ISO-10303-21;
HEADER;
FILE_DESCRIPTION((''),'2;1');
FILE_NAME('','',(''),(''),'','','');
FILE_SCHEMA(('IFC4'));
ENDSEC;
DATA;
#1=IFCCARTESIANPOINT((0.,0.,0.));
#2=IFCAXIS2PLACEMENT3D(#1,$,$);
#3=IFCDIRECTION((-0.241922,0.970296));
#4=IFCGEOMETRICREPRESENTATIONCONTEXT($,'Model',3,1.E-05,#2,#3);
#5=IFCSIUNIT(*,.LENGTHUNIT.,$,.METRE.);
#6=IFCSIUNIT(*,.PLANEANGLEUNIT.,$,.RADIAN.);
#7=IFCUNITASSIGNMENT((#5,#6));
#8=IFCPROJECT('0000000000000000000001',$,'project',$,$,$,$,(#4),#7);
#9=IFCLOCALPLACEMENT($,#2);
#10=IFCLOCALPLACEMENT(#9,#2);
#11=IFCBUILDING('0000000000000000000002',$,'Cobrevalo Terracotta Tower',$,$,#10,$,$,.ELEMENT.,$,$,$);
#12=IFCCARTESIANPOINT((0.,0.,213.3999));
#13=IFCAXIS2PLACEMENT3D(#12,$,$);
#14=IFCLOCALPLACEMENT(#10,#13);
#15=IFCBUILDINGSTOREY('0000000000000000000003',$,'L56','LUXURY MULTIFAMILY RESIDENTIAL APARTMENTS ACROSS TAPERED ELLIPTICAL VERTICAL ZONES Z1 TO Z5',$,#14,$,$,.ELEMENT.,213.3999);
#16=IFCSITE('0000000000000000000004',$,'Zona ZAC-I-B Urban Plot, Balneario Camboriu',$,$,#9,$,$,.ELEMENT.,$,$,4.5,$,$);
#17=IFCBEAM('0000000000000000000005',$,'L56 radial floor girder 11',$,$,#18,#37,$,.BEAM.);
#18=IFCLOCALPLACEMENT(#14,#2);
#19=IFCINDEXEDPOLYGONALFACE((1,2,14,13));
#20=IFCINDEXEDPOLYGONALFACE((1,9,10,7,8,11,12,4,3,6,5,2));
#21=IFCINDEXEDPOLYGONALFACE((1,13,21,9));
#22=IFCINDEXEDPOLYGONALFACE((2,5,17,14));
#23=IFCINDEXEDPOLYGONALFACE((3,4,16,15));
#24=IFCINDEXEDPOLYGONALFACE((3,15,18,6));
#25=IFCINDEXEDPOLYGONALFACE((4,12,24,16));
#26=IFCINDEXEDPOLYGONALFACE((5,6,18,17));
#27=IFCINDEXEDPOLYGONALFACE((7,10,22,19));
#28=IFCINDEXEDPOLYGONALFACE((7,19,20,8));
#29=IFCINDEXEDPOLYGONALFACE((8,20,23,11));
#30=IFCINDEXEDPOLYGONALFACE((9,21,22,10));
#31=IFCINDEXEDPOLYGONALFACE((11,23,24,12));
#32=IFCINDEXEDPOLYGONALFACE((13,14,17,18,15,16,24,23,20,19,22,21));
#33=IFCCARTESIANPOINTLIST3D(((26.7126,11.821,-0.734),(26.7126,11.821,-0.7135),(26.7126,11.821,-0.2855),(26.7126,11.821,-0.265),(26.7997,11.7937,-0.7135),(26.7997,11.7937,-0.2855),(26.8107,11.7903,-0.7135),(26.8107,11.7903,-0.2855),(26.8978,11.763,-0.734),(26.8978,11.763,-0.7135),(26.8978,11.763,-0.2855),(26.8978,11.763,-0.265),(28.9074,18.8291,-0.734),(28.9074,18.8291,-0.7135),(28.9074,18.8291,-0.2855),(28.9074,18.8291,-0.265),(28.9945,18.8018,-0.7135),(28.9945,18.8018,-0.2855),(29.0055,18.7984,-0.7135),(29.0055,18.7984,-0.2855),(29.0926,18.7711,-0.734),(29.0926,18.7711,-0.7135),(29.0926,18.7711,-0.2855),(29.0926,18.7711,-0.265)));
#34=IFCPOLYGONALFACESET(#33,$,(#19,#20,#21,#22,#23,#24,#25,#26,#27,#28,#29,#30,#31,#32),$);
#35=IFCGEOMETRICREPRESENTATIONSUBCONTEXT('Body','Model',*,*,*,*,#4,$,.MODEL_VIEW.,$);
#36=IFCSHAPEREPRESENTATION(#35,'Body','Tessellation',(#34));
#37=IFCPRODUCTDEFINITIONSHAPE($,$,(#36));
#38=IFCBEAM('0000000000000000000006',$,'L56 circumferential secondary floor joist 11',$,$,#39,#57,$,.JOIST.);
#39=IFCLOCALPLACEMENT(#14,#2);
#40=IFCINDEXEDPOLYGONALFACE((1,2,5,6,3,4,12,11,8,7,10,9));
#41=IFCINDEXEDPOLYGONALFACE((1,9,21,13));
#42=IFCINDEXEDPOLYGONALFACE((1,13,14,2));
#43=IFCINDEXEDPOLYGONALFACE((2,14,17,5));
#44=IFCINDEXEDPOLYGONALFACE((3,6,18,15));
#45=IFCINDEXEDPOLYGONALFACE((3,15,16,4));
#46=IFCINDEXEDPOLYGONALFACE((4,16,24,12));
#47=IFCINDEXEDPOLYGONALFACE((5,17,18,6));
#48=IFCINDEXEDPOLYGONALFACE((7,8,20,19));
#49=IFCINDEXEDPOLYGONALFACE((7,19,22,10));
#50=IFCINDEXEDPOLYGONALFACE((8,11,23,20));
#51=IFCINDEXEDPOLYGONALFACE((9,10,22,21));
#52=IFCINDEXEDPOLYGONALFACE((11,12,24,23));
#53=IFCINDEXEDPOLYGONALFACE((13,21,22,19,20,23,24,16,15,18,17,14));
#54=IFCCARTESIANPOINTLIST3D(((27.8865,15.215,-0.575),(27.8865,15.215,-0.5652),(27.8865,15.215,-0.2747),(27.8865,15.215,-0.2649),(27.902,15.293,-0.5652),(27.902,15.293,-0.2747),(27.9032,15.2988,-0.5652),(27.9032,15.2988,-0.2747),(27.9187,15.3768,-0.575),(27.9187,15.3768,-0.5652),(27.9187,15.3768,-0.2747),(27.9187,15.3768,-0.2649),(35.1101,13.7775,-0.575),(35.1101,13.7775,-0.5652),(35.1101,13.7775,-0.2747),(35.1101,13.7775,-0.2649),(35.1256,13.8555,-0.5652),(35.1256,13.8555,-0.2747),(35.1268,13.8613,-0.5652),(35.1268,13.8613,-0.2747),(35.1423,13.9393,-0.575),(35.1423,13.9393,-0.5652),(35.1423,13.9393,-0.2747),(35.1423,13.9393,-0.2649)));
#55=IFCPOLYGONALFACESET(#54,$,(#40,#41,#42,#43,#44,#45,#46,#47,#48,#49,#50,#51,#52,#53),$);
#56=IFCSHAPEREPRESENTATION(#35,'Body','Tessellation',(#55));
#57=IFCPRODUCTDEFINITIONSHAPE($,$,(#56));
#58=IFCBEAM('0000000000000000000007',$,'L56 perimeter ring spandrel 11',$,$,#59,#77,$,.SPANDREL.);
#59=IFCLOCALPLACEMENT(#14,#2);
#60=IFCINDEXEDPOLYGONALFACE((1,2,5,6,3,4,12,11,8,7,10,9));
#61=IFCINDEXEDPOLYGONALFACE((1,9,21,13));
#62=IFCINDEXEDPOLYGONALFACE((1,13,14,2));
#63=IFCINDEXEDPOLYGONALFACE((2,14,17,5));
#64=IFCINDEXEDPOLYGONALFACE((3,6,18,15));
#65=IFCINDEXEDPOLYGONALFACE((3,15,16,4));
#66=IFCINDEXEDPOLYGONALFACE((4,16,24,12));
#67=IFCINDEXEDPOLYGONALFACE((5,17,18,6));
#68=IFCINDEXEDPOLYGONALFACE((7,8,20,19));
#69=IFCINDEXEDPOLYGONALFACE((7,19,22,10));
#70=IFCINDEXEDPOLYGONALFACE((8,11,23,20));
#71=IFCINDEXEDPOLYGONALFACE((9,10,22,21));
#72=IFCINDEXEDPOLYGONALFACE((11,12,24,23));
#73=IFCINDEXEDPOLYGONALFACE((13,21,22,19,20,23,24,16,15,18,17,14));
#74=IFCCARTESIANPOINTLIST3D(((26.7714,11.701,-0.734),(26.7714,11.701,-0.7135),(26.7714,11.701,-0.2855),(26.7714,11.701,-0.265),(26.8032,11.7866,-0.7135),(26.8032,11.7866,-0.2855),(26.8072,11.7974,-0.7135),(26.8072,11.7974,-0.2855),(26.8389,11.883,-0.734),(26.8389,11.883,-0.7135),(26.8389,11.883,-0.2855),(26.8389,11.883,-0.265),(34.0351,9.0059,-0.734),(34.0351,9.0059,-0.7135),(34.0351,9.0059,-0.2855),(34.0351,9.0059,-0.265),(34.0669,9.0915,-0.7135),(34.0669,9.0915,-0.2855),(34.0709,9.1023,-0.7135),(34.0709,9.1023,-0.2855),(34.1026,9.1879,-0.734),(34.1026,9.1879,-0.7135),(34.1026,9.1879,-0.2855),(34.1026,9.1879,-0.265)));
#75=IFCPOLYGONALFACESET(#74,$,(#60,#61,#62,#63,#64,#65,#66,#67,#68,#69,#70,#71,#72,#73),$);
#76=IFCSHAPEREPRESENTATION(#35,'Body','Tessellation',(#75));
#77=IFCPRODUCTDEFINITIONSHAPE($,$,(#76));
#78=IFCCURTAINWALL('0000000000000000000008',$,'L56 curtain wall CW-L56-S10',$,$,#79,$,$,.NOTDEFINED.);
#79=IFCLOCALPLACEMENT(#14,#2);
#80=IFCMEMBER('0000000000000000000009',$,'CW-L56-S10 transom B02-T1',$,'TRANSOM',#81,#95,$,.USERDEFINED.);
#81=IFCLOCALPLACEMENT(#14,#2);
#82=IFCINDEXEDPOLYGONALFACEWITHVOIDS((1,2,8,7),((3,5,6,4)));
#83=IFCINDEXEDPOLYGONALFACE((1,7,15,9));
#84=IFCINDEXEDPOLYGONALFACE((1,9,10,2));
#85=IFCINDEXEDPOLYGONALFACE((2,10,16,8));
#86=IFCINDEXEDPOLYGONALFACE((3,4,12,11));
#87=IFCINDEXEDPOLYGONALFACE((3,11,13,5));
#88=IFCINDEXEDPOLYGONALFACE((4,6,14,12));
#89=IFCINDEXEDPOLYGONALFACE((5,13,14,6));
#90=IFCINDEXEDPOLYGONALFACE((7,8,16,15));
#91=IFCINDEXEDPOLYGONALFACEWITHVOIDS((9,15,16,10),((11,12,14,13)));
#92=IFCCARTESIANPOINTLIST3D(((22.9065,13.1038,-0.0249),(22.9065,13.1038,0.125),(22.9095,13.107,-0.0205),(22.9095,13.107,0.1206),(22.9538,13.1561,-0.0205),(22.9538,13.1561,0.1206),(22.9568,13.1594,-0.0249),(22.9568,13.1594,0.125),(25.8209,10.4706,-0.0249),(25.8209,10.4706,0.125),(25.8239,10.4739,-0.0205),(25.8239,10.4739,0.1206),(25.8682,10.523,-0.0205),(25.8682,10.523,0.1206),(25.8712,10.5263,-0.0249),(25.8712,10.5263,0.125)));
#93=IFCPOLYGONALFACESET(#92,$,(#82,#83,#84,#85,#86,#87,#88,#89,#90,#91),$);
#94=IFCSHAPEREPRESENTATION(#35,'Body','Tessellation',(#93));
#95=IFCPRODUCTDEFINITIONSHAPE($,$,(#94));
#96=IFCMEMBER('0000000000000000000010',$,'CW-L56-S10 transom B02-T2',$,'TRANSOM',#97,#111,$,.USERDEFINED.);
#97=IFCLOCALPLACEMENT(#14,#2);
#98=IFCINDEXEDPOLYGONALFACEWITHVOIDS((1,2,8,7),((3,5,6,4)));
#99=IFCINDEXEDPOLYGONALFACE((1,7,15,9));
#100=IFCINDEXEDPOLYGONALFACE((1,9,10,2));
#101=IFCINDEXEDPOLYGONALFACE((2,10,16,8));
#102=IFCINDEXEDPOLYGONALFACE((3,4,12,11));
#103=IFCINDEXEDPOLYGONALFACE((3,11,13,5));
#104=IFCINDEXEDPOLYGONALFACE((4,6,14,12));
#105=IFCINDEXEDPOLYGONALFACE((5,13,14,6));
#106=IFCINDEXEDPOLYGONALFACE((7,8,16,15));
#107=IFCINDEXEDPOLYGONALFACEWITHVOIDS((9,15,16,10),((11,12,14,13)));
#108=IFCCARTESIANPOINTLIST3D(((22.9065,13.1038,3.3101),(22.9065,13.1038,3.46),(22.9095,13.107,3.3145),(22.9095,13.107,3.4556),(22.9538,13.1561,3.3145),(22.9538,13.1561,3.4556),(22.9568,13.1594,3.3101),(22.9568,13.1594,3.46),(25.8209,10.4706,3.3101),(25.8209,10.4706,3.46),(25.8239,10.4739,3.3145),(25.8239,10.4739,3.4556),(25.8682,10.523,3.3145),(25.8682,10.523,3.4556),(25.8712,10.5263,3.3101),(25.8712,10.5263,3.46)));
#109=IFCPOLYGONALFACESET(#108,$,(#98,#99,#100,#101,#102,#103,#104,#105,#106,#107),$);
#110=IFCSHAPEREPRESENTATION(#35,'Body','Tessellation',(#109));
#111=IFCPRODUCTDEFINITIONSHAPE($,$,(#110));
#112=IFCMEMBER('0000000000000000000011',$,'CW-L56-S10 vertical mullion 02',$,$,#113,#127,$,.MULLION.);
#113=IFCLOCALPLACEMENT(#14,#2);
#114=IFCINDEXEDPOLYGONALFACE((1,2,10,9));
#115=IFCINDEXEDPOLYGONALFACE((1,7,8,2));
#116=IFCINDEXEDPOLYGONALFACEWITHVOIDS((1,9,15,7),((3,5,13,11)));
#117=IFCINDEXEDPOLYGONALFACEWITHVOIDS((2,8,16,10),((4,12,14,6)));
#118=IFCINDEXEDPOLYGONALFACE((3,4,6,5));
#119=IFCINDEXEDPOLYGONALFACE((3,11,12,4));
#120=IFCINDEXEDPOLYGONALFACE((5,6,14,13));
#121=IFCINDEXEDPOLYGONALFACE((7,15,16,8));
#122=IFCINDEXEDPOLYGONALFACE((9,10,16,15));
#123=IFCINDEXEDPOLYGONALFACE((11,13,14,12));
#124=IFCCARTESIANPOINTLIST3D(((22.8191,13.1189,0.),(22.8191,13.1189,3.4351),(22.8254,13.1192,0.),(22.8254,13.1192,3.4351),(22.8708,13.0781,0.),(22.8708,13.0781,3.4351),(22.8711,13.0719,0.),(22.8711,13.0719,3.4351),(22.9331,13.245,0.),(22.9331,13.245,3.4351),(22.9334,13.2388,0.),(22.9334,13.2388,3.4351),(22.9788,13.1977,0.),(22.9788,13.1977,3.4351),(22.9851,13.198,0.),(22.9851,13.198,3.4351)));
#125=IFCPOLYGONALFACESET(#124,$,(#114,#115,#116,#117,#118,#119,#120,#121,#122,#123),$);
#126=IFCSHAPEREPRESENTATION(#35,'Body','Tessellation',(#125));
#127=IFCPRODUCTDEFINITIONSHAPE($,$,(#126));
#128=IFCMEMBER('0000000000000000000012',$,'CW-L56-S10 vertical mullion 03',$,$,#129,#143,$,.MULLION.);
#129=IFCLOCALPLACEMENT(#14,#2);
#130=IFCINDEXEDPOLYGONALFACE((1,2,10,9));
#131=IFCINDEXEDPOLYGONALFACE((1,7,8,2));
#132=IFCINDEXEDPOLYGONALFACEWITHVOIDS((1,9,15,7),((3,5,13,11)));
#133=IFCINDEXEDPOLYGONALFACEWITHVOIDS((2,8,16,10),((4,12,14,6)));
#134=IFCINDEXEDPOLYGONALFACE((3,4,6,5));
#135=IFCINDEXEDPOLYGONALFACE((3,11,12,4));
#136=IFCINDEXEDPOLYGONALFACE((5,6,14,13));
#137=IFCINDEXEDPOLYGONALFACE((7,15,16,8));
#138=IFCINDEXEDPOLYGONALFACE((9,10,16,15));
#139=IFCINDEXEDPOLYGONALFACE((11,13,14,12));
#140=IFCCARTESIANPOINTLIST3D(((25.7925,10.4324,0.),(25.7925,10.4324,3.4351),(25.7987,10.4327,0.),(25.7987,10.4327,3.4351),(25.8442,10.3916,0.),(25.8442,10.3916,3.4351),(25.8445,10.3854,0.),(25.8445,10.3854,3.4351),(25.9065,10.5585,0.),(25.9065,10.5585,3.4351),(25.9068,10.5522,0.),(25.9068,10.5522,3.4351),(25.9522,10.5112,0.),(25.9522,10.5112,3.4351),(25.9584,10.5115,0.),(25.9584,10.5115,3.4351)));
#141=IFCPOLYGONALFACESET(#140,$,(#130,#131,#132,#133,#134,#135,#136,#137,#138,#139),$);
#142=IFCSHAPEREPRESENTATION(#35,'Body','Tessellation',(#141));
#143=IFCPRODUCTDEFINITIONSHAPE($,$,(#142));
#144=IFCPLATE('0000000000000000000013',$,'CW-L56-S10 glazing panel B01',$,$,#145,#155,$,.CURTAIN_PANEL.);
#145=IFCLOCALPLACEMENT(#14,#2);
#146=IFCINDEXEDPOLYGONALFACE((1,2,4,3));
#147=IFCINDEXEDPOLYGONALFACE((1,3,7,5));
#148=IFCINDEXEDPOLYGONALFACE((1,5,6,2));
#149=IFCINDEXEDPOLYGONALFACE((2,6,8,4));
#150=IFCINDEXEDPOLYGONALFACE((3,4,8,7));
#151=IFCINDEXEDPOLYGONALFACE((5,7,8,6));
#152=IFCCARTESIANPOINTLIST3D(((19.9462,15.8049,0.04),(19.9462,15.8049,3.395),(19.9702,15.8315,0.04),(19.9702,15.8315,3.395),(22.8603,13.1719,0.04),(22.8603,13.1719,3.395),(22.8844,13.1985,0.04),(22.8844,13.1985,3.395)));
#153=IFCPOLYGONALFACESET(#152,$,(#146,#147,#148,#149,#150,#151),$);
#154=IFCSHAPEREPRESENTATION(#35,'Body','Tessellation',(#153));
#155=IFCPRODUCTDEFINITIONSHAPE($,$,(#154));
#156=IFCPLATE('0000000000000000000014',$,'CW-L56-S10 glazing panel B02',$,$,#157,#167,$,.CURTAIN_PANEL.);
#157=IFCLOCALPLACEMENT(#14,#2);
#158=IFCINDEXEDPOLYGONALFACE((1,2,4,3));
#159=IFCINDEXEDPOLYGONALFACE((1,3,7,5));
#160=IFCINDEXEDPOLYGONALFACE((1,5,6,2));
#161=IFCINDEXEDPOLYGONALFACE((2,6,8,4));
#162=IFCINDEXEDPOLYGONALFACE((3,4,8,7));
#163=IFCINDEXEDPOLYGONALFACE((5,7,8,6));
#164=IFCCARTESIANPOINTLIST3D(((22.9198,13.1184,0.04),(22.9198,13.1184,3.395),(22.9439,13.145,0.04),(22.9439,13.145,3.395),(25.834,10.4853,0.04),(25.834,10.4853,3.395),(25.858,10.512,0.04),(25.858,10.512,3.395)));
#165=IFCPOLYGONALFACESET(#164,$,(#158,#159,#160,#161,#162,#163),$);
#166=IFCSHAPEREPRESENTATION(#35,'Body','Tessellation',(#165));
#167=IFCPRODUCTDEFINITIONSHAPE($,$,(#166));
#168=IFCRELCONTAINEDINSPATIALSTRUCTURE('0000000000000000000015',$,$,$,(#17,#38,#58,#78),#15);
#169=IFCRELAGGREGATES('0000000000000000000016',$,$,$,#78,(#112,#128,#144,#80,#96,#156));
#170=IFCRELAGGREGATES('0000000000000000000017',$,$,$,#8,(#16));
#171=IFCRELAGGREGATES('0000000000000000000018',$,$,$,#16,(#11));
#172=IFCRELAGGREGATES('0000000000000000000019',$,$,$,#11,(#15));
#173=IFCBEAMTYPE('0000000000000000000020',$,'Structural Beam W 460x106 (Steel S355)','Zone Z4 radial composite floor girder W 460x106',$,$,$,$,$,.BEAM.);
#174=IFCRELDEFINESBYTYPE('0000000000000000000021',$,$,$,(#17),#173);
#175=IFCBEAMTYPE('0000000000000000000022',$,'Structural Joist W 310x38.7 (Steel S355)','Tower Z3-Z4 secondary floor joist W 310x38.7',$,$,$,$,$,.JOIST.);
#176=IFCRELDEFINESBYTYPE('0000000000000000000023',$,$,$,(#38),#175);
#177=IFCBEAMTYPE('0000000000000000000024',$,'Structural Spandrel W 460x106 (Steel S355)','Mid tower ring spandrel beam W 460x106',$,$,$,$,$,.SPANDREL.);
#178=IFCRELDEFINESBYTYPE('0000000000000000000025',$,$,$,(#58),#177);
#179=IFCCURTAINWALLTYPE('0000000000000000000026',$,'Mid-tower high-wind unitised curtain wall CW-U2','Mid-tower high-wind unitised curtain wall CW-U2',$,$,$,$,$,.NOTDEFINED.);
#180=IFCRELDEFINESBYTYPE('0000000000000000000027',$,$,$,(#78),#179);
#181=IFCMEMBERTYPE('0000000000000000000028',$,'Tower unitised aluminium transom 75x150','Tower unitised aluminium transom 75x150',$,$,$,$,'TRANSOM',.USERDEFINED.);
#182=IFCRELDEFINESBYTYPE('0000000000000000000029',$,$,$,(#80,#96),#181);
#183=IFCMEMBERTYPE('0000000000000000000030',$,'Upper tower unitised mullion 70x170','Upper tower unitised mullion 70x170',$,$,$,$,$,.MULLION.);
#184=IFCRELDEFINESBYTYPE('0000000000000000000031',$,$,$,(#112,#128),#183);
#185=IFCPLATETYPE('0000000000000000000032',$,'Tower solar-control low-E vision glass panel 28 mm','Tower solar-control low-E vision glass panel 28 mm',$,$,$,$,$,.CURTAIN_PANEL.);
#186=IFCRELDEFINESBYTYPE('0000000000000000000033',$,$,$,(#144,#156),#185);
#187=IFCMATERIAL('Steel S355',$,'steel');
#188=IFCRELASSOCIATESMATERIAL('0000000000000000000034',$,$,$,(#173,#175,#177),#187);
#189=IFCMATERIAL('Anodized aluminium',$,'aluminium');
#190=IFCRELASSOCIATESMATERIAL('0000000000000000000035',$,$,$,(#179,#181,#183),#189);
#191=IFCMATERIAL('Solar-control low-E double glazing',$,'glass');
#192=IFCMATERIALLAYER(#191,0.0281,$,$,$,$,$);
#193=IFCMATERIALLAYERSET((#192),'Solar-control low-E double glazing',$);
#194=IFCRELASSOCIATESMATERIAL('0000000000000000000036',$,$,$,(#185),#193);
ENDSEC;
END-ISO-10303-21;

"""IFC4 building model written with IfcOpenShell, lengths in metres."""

from ifc_helpers import new_model, si_unit, direction, frame, origin, origin_2d, place, context, subcontext, project, spatial, rectangle, hollow_rectangle, i_section, extrude, source, transform, mapped, material, layer, layer_set, material_profile, profile_set, type_object, element, aggregate, save


model = new_model("IFC4")

# Units and contexts
model_context = context("Model", 3, precision=1e-05, world=origin(), true_north=direction((-0.241922, 0.970296)))
body_context = subcontext(model_context, "Body", "Model", "MODEL_VIEW")
ifc_project = project(units=[si_unit("LENGTHUNIT", "METRE"), si_unit("PLANEANGLEUNIT", "RADIAN")], contexts=[model_context])

# Site, building, storey
site_placement = place(None, origin())
site = spatial("IfcSite", under=ifc_project, at=site_placement, Name="Zona ZAC-I-B Urban Plot, Balneario Camboriu", CompositionType="ELEMENT", RefElevation=4.5)
building_placement = place(site_placement, origin())
building = spatial("IfcBuilding", under=site, at=building_placement, Name="Cobrevalo Terracotta Tower", CompositionType="ELEMENT")
storey_placement = place(building_placement, frame((0.0, 0.0, 213.3999)))
storey = spatial("IfcBuildingStorey", under=building, at=storey_placement, Name="L56", Description="LUXURY MULTIFAMILY RESIDENTIAL APARTMENTS ACROSS TAPERED ELLIPTICAL VERTICAL ZONES Z1 TO Z5", CompositionType="ELEMENT", Elevation=213.3999)

# Shared definitions
ifc_material_1 = material(Name="Steel S355", Category="steel")

# Beams
ifc_material_profile_1 = material_profile(ifc_material_1, i_section(OverallWidth=0.1941, OverallDepth=0.469, WebThickness=0.0115, FlangeThickness=0.0205, at=origin_2d()), Name="W 460x106")
ifc_profile_set_1 = profile_set([ifc_material_profile_1], Name="Steel S355")
beam_type_1 = type_object("IfcBeamType", Name="Structural Beam W 460x106 (Steel S355)", Description="Zone Z4 radial composite floor girder W 460x106", PredefinedType="BEAM", material=ifc_profile_set_1)
beam_1_placement = place(storey_placement, frame((26.8052, 11.792, -0.4995), z_axis=(0.298871, 0.954293, 0.0), x_axis=(-0.954293, 0.298871, 0.0)))
element("IfcBeam", 1, at=beam_1_placement, inside=storey, type_object=beam_type_1, Name="L56 radial floor girder 11", PredefinedType="BEAM", context=body_context, shape_type="SweptSolid", body=[
    extrude(i_section(OverallWidth=0.1941, OverallDepth=0.469, WebThickness=0.0115, FlangeThickness=0.0205, at=origin_2d()), origin(), (0.0, 0.0, 1.0), 7.3438),
])
ifc_material_profile_2 = material_profile(ifc_material_1, i_section(OverallWidth=0.165, OverallDepth=0.3101, WebThickness=0.0059, FlangeThickness=0.0098, at=origin_2d()), Name="W 310x38.7")
ifc_profile_set_2 = profile_set([ifc_material_profile_2], Name="Steel S355")
beam_type_2 = type_object("IfcBeamType", Name="Structural Joist W 310x38.7 (Steel S355)", Description="Tower Z3-Z4 secondary floor joist W 310x38.7", PredefinedType="JOIST", material=ifc_profile_set_2)
beam_2_placement = place(storey_placement, frame((27.9026, 15.2959, -0.4199), z_axis=(0.980769, -0.195173, 0.0), x_axis=(0.195173, 0.980769, 0.0)))
element("IfcBeam", 2, at=beam_2_placement, inside=storey, type_object=beam_type_2, Name="L56 circumferential secondary floor joist 11", PredefinedType="JOIST", context=body_context, shape_type="SweptSolid", body=[
    extrude(i_section(OverallWidth=0.165, OverallDepth=0.3101, WebThickness=0.0059, FlangeThickness=0.0098, at=origin_2d()), origin(), (0.0, 0.0, 1.0), 7.3652),
])
ifc_material_profile_3 = material_profile(ifc_material_1, i_section(OverallWidth=0.1941, OverallDepth=0.469, WebThickness=0.0115, FlangeThickness=0.0205, at=origin_2d()), Name="W 460x106")
ifc_profile_set_3 = profile_set([ifc_material_profile_3], Name="Steel S355")
beam_type_3 = type_object("IfcBeamType", Name="Structural Spandrel W 460x106 (Steel S355)", Description="Mid tower ring spandrel beam W 460x106", PredefinedType="SPANDREL", material=ifc_profile_set_3)
beam_3_placement = place(storey_placement, frame((26.8052, 11.792, -0.4995), z_axis=(0.937546, -0.347861, 0.0), x_axis=(0.347861, 0.937546, 0.0)))
element("IfcBeam", 3, at=beam_3_placement, inside=storey, type_object=beam_type_3, Name="L56 perimeter ring spandrel 11", PredefinedType="SPANDREL", context=body_context, shape_type="SweptSolid", body=[
    extrude(i_section(OverallWidth=0.1941, OverallDepth=0.469, WebThickness=0.0115, FlangeThickness=0.0205, at=origin_2d()), origin(), (0.0, 0.0, 1.0), 7.7476),
])

# Curtain wall, members, plates
ifc_material_2 = material(Name="Anodized aluminium", Category="aluminium")
curtain_wall_type = type_object("IfcCurtainWallType", Name="Mid-tower high-wind unitised curtain wall CW-U2", Description="Mid-tower high-wind unitised curtain wall CW-U2", PredefinedType="NOTDEFINED", material=ifc_material_2)
curtain_wall_placement = place(storey_placement, origin())
curtain_wall = element("IfcCurtainWall", 4, at=curtain_wall_placement, inside=storey, type_object=curtain_wall_type, Name="L56 curtain wall CW-L56-S10", PredefinedType="NOTDEFINED")
ifc_material_profile_4 = material_profile(ifc_material_2, hollow_rectangle(XDim=0.075, YDim=0.1499, WallThickness=0.0044, at=origin_2d()), Name="CWT 75x150")
ifc_profile_set_4 = profile_set([ifc_material_profile_4], Name="Anodized aluminium")
member_type_1 = type_object("IfcMemberType", Name="Tower unitised aluminium transom 75x150", Description="Tower unitised aluminium transom 75x150", ElementType="TRANSOM", PredefinedType="USERDEFINED", material=ifc_profile_set_4)
shared_shape_1 = source(origin(), body_context, "Body", "SweptSolid", [
    extrude(hollow_rectangle(XDim=0.075, YDim=0.1499, WallThickness=0.0044, at=origin_2d()), origin(), (0.0, 0.0, 1.0), 3.9277),
])
member_1_placement = place(storey_placement, frame((22.9316, 13.1316, 0.05), z_axis=(0.742004, -0.670396, 0.0), x_axis=(0.670396, 0.742004, 0.0)))
member_1 = element("IfcMember", 5, at=member_1_placement, type_object=member_type_1, Name="CW-L56-S10 transom B02-T1", ObjectType="TRANSOM", PredefinedType="USERDEFINED", context=body_context, shape_type="MappedRepresentation", body=[
    mapped(shared_shape_1, transform((0.0, 0.0, 0.0), scale=1.0)),
])
member_2_placement = place(storey_placement, frame((22.9316, 13.1316, 3.385), z_axis=(0.742004, -0.670396, 0.0), x_axis=(0.670396, 0.742004, 0.0)))
member_2 = element("IfcMember", 6, at=member_2_placement, type_object=member_type_1, Name="CW-L56-S10 transom B02-T2", ObjectType="TRANSOM", PredefinedType="USERDEFINED", context=body_context, shape_type="MappedRepresentation", body=[
    mapped(shared_shape_1, transform((0.0, 0.0, 0.0), scale=1.0)),
])
ifc_material_profile_5 = material_profile(ifc_material_2, hollow_rectangle(XDim=0.0701, YDim=0.1699, WallThickness=0.0044, at=origin_2d()), Name="CWM 70x170")
ifc_profile_set_5 = profile_set([ifc_material_profile_5], Name="Anodized aluminium")
member_type_2 = type_object("IfcMemberType", Name="Upper tower unitised mullion 70x170", Description="Upper tower unitised mullion 70x170", PredefinedType="MULLION", material=ifc_profile_set_5)
shared_shape_2 = source(origin(), body_context, "Body", "SweptSolid", [
    extrude(hollow_rectangle(XDim=0.0701, YDim=0.1699, WallThickness=0.0044, at=origin_2d()), origin(), (0.0, 0.0, 1.0), 3.4351),
])
member_3_placement = place(storey_placement, frame((22.9021, 13.1584, 0.0), z_axis=(0.0, 0.0, 1.0), x_axis=(0.741988, -0.670414, 0.0)))
member_3 = element("IfcMember", 7, at=member_3_placement, type_object=member_type_2, Name="CW-L56-S10 vertical mullion 02", PredefinedType="MULLION", context=body_context, shape_type="MappedRepresentation", body=[
    mapped(shared_shape_2, transform((0.0, 0.0, 0.0), scale=1.0)),
])
member_4_placement = place(storey_placement, frame((25.8755, 10.4719, 0.0), z_axis=(0.0, 0.0, 1.0), x_axis=(0.741988, -0.670414, 0.0)))
member_4 = element("IfcMember", 8, at=member_4_placement, type_object=member_type_2, Name="CW-L56-S10 vertical mullion 03", PredefinedType="MULLION", context=body_context, shape_type="MappedRepresentation", body=[
    mapped(shared_shape_2, transform((0.0, 0.0, 0.0), scale=1.0)),
])
ifc_material_3 = material(Name="Solar-control low-E double glazing", Category="glass")
ifc_layer_1 = layer(ifc_material_3, 0.0281)
ifc_layer_set_1 = layer_set([ifc_layer_1], Name="Solar-control low-E double glazing")
plate_type = type_object("IfcPlateType", Name="Tower solar-control low-E vision glass panel 28 mm", Description="Tower solar-control low-E vision glass panel 28 mm", PredefinedType="CURTAIN_PANEL", material=ifc_layer_set_1)
shared_shape_3 = source(origin(), body_context, "Body", "SweptSolid", [
    extrude(rectangle(XDim=3.9275, YDim=0.0359, at=origin_2d()), origin(), (0.0, 0.0, 1.0), 3.355),
])
plate_1_placement = place(storey_placement, frame((21.4153, 14.5017, 0.04), z_axis=(0.0, 0.0, 1.0), x_axis=(0.741988, -0.670414, 0.0)))
plate_1 = element("IfcPlate", 9, at=plate_1_placement, type_object=plate_type, Name="CW-L56-S10 glazing panel B01", PredefinedType="CURTAIN_PANEL", context=body_context, shape_type="MappedRepresentation", body=[
    mapped(shared_shape_3, transform((0.0, 0.0, 0.0), scale=1.0)),
])
plate_2_placement = place(storey_placement, frame((24.3889, 11.8152, 0.04), z_axis=(0.0, 0.0, 1.0), x_axis=(0.741988, -0.670414, 0.0)))
plate_2 = element("IfcPlate", 10, at=plate_2_placement, type_object=plate_type, Name="CW-L56-S10 glazing panel B02", PredefinedType="CURTAIN_PANEL", context=body_context, shape_type="MappedRepresentation", body=[
    mapped(shared_shape_3, transform((0.0, 0.0, 0.0), scale=1.0)),
])
aggregate(curtain_wall, [member_3, member_4, plate_1, member_1, member_2, plate_2])

save(model, "model.ifc")
